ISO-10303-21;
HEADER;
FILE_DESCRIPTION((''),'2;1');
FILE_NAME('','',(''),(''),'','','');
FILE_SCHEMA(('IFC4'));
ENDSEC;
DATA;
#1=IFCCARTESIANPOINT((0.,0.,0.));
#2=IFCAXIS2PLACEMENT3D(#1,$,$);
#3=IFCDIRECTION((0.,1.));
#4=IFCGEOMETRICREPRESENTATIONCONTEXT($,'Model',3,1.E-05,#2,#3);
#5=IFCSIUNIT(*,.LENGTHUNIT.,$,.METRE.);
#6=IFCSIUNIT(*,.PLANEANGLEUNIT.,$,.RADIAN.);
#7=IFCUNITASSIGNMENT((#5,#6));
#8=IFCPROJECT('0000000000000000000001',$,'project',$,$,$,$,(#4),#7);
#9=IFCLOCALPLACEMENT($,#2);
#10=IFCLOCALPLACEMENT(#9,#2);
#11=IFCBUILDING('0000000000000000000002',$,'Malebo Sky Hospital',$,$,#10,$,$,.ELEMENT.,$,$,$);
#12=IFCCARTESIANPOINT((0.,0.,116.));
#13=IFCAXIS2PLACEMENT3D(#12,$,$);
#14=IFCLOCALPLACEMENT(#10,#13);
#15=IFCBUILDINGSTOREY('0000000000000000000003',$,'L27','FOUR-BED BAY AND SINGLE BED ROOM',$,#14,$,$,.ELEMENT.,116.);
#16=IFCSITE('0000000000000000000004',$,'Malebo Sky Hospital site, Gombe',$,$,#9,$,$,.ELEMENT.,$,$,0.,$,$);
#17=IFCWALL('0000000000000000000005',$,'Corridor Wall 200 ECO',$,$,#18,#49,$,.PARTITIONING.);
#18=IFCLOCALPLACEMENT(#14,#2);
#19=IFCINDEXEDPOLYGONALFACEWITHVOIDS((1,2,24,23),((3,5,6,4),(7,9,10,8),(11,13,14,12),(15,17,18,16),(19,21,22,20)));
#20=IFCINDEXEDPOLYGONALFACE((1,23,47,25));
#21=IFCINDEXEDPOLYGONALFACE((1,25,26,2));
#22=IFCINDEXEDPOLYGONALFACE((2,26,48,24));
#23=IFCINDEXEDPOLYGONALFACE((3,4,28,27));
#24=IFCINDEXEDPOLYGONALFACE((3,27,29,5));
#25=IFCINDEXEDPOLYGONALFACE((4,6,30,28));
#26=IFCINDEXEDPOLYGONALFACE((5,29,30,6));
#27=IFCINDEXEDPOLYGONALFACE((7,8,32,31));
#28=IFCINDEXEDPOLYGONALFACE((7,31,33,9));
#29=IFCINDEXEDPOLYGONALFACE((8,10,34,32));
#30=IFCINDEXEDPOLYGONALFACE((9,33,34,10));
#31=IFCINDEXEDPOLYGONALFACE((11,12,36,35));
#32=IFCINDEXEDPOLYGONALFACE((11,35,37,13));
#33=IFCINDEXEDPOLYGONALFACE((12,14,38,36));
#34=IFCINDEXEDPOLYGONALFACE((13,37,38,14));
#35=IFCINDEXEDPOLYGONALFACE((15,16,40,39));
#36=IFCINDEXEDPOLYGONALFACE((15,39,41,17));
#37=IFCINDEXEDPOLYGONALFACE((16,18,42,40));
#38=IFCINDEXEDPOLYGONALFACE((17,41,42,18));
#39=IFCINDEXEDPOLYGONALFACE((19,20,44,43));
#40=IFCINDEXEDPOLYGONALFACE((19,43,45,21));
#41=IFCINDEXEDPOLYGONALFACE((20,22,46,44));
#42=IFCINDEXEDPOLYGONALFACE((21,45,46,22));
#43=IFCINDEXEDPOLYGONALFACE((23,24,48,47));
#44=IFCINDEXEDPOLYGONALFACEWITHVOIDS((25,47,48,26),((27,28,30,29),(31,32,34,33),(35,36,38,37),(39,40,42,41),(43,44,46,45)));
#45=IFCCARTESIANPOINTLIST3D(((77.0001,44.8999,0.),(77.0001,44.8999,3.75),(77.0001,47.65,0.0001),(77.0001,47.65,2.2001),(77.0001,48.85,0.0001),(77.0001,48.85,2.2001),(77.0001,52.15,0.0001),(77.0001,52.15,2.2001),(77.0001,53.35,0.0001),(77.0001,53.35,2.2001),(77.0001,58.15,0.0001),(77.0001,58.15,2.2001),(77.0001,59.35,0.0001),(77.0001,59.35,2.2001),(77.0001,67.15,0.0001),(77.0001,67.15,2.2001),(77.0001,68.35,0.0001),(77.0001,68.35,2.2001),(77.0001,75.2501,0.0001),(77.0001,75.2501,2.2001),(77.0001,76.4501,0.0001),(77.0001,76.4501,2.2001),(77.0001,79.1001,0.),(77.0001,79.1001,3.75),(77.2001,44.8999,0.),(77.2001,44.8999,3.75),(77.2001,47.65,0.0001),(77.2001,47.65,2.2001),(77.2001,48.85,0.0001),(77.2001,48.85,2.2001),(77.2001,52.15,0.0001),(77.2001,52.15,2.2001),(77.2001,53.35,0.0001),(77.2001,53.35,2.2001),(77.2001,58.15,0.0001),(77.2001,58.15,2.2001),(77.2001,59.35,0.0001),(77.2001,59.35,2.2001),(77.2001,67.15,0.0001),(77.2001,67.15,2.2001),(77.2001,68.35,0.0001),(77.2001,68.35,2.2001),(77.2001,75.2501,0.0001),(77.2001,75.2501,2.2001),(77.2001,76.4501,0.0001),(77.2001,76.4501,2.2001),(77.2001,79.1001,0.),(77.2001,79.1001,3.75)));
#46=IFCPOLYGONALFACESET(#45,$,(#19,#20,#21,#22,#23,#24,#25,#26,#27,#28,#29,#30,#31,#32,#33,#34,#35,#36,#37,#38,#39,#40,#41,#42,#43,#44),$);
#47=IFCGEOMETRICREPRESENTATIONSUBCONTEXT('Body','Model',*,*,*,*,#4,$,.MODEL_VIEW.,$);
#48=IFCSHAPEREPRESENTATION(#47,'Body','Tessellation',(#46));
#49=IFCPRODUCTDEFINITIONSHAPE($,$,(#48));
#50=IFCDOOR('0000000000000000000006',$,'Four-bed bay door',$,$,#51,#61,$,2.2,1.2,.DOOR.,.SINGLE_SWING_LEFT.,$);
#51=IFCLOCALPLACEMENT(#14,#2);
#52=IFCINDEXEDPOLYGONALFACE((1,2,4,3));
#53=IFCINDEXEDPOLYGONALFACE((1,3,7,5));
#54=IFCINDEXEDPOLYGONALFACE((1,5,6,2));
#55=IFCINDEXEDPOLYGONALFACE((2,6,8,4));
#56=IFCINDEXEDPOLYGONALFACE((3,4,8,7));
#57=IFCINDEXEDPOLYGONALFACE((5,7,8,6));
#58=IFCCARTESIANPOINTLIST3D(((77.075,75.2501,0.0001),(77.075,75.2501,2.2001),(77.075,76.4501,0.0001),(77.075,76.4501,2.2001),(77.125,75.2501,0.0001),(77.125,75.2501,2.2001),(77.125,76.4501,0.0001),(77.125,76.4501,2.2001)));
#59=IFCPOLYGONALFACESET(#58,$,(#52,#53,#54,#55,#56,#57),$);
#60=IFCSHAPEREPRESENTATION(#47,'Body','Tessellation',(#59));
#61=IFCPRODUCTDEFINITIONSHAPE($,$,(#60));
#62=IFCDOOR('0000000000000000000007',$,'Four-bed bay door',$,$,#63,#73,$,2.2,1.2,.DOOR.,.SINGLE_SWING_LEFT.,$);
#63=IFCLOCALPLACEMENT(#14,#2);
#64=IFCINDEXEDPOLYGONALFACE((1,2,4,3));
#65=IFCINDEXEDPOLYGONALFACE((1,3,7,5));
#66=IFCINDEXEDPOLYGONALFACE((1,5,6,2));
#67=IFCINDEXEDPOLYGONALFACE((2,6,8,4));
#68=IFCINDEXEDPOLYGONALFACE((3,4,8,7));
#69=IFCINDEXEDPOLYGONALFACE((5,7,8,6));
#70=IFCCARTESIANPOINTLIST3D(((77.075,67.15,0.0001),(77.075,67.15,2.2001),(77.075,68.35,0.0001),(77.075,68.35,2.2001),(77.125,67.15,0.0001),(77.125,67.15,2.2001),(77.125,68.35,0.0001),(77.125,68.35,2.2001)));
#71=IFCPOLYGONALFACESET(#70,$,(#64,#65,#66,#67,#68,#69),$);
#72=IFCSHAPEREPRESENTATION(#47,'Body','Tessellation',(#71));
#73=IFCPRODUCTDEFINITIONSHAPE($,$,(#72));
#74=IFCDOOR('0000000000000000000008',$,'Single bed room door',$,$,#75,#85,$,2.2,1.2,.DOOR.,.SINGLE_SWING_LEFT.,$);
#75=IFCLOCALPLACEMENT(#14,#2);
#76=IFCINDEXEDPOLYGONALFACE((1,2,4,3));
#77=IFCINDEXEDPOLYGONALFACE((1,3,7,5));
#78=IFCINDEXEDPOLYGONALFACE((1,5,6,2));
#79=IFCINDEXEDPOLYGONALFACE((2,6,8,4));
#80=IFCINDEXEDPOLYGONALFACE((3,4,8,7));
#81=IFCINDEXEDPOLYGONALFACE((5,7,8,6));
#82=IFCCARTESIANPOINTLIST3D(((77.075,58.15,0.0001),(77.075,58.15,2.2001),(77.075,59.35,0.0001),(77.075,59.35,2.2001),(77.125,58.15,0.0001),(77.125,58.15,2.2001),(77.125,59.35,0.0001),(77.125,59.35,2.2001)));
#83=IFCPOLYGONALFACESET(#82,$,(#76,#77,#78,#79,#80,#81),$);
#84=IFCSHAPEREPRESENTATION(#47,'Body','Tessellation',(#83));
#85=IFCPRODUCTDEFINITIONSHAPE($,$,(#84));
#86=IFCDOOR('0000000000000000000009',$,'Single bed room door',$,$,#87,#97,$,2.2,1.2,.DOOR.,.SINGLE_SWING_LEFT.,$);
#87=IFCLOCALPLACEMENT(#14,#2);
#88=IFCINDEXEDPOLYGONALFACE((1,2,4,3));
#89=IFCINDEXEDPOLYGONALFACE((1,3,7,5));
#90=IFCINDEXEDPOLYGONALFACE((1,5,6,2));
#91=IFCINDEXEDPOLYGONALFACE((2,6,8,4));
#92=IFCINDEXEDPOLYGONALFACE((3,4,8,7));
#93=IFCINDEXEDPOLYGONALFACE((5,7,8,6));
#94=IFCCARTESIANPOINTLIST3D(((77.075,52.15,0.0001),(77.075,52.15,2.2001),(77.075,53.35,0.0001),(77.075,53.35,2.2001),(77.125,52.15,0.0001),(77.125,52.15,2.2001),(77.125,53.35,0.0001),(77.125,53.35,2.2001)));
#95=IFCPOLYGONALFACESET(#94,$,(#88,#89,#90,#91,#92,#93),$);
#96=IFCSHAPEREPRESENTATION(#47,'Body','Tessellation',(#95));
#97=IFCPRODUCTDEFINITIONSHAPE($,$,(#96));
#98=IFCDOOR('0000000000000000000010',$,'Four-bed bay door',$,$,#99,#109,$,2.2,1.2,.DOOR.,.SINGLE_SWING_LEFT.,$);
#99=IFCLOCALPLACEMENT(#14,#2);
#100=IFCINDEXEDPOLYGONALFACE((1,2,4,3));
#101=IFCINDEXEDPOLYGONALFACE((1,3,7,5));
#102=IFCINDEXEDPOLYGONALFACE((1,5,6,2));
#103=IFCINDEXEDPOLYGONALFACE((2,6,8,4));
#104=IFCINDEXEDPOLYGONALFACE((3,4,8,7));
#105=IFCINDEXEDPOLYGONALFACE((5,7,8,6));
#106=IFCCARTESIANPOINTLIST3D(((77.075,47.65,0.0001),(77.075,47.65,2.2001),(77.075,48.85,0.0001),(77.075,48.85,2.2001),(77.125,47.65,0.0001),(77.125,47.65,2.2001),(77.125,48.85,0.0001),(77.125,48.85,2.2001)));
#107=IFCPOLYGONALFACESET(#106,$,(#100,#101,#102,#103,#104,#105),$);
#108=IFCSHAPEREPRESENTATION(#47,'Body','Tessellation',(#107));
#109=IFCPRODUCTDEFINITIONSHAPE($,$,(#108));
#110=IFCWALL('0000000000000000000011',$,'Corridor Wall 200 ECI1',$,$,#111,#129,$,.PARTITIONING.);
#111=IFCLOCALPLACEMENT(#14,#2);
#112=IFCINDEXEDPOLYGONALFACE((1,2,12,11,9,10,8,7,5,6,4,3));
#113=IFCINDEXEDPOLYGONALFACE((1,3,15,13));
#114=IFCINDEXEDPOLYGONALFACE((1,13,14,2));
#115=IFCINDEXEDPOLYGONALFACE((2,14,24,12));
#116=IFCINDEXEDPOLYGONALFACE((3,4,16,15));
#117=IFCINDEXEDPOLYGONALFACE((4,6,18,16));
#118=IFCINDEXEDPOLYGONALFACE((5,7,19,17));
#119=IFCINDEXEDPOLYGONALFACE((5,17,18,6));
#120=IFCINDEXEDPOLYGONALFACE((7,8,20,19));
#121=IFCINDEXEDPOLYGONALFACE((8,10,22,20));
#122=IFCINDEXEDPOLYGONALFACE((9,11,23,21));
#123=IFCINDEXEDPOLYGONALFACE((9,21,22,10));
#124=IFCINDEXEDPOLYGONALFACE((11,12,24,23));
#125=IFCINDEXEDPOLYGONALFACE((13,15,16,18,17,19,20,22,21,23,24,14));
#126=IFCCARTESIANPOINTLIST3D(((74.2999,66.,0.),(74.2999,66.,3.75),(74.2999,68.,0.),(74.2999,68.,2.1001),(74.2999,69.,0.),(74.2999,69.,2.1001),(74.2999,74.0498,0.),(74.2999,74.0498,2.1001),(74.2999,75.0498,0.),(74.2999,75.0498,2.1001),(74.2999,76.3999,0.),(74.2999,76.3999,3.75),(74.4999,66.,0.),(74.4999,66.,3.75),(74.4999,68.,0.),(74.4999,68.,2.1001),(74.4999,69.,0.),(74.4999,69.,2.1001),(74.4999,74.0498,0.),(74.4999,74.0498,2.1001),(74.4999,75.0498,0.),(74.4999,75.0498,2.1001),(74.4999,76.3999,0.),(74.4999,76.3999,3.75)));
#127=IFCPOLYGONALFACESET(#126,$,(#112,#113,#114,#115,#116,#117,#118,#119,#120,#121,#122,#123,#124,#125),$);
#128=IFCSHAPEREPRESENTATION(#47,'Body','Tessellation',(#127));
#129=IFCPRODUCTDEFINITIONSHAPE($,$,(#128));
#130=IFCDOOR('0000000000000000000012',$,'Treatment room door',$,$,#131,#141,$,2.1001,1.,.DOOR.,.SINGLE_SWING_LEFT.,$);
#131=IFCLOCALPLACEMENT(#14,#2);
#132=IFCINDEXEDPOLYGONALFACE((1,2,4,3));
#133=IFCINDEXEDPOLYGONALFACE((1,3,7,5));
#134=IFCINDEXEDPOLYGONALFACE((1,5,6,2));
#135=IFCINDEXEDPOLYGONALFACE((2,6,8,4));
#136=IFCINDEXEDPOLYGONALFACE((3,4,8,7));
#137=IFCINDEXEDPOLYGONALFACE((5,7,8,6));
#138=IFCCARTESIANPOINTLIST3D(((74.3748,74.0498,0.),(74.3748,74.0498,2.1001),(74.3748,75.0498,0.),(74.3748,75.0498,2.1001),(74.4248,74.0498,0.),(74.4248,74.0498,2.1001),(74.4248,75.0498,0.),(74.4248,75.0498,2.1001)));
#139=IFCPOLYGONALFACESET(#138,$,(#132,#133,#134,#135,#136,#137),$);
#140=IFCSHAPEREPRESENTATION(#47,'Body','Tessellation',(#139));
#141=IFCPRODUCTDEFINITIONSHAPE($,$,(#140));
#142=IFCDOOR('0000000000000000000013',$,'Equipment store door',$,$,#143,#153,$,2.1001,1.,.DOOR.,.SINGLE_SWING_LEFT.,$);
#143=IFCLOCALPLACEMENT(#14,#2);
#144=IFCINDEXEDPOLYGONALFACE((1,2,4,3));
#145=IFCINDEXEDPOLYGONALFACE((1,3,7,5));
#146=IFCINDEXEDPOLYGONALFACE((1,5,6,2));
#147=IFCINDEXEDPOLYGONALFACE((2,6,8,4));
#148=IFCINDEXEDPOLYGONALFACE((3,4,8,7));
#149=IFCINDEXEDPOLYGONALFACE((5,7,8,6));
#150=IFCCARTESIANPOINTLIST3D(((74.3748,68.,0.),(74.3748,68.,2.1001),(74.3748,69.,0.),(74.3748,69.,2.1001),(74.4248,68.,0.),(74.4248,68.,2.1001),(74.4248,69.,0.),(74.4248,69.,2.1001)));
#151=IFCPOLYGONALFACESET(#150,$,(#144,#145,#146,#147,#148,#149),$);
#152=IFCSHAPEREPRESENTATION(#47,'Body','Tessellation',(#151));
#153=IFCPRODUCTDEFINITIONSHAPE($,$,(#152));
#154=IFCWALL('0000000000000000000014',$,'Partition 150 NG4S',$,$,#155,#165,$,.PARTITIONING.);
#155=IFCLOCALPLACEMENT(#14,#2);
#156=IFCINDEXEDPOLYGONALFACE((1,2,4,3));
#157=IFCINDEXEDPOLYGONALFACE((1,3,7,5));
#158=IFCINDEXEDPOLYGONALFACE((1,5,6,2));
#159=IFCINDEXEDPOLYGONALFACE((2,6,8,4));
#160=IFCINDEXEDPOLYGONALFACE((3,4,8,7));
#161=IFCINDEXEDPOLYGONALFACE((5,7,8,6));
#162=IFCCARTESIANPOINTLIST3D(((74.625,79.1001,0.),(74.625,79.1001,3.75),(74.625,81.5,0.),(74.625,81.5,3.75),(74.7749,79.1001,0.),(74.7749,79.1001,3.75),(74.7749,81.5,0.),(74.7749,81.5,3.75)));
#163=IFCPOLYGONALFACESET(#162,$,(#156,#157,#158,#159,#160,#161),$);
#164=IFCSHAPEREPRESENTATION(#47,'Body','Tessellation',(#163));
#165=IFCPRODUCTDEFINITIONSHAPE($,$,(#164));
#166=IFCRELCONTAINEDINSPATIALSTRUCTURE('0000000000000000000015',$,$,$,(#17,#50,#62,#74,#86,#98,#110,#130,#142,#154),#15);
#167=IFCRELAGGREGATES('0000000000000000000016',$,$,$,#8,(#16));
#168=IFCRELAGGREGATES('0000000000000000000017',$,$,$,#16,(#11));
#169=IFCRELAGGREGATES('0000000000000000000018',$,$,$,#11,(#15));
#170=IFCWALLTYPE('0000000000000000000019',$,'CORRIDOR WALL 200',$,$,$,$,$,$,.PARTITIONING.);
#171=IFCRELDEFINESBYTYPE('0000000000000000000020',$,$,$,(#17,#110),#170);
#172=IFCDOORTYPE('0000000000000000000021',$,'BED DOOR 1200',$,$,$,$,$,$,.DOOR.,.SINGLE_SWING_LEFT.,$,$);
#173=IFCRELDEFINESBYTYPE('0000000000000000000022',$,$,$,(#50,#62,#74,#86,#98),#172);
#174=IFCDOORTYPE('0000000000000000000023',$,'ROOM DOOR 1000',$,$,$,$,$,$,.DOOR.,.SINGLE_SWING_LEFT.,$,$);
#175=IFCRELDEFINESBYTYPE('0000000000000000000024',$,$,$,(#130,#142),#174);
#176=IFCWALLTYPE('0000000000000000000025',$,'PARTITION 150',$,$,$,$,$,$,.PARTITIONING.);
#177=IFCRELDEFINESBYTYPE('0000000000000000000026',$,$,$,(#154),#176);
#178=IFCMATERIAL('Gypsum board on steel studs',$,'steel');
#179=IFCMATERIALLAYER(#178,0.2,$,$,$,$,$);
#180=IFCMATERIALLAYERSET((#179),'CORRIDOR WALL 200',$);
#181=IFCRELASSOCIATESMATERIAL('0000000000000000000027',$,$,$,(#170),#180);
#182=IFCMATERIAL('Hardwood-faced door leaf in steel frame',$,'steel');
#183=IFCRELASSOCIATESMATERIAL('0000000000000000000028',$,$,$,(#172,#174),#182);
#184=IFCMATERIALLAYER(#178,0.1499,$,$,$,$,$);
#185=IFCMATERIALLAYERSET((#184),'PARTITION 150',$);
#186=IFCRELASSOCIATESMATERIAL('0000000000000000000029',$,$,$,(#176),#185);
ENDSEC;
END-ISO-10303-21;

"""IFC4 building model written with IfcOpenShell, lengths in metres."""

from ifc_helpers import new_model, si_unit, direction, frame, frame_2d, origin, place, context, subcontext, project, spatial, rectangle, extrude, material, layer, layer_set, type_object, element, fill, save


model = new_model("IFC4")

# Units and contexts
model_context = context("Model", 3, precision=1e-05, world=origin(), true_north=direction((0.0, 1.0)))
body_context = subcontext(model_context, "Body", "Model", "MODEL_VIEW")
ifc_project = project(units=[si_unit("LENGTHUNIT", "METRE"), si_unit("PLANEANGLEUNIT", "RADIAN")], contexts=[model_context])

# Site, building, storey
site_placement = place(None, origin())
site = spatial("IfcSite", under=ifc_project, at=site_placement, Name="Malebo Sky Hospital site, Gombe", CompositionType="ELEMENT", RefElevation=0.0)
building_placement = place(site_placement, origin())
building = spatial("IfcBuilding", under=site, at=building_placement, Name="Malebo Sky Hospital", CompositionType="ELEMENT")
storey_placement = place(building_placement, frame((0.0, 0.0, 116.0)))
storey = spatial("IfcBuildingStorey", under=building, at=storey_placement, Name="L27", Description="FOUR-BED BAY AND SINGLE BED ROOM", CompositionType="ELEMENT", Elevation=116.0)

# Walls, openings, doors
ifc_material_1 = material(Name="Gypsum board on steel studs", Category="steel")
ifc_layer_1 = layer(ifc_material_1, 0.2)
ifc_layer_set_1 = layer_set([ifc_layer_1], Name="CORRIDOR WALL 200")
wall_type_1 = type_object("IfcWallType", Name="CORRIDOR WALL 200", PredefinedType="PARTITIONING", material=ifc_layer_set_1)
wall_1_placement = place(storey_placement, frame((77.1001, 79.1001, 0.0), z_axis=(0.0, 0.0, 1.0), x_axis=(0.0, -1.0, 0.0)))
wall_1 = element("IfcWall", 1, at=wall_1_placement, inside=storey, type_object=wall_type_1, Name="Corridor Wall 200 ECO", PredefinedType="PARTITIONING", context=body_context, shape_type="SweptSolid", body=[
    extrude(rectangle(XDim=34.2002, YDim=0.2, at=frame_2d((17.1001, 0.0))), origin(), (0.0, 0.0, 1.0), 3.75),
])
opening_1_placement = place(wall_1_placement, frame((2.6499, 0.0, 0.0)))
opening_1 = element("IfcOpeningElement", 2, at=opening_1_placement, cuts=wall_1, PredefinedType="OPENING", context=body_context, shape_type="SweptSolid", body=[
    extrude(rectangle(XDim=1.2, YDim=2.2, at=frame_2d((0.6001, 1.1001))), frame((0.0, 0.1099, 0.0), z_axis=(0.0, -1.0, 0.0), x_axis=(1.0, 0.0, 0.0)), (0.0, 0.0, 1.0), 0.22),
])
opening_2_placement = place(wall_1_placement, frame((10.75, 0.0, 0.0)))
opening_2 = element("IfcOpeningElement", 3, at=opening_2_placement, cuts=wall_1, PredefinedType="OPENING", context=body_context, shape_type="SweptSolid", body=[
    extrude(rectangle(XDim=1.2, YDim=2.2, at=frame_2d((0.6001, 1.1001))), frame((0.0, 0.1099, 0.0), z_axis=(0.0, -1.0, 0.0), x_axis=(1.0, 0.0, 0.0)), (0.0, 0.0, 1.0), 0.22),
])
opening_3_placement = place(wall_1_placement, frame((19.75, 0.0, 0.0)))
opening_3 = element("IfcOpeningElement", 4, at=opening_3_placement, cuts=wall_1, PredefinedType="OPENING", context=body_context, shape_type="SweptSolid", body=[
    extrude(rectangle(XDim=1.2, YDim=2.2, at=frame_2d((0.6001, 1.1001))), frame((0.0, 0.1099, 0.0), z_axis=(0.0, -1.0, 0.0), x_axis=(1.0, 0.0, 0.0)), (0.0, 0.0, 1.0), 0.22),
])
opening_4_placement = place(wall_1_placement, frame((25.75, 0.0, 0.0)))
opening_4 = element("IfcOpeningElement", 5, at=opening_4_placement, cuts=wall_1, PredefinedType="OPENING", context=body_context, shape_type="SweptSolid", body=[
    extrude(rectangle(XDim=1.2, YDim=2.2, at=frame_2d((0.6001, 1.1001))), frame((0.0, 0.1099, 0.0), z_axis=(0.0, -1.0, 0.0), x_axis=(1.0, 0.0, 0.0)), (0.0, 0.0, 1.0), 0.22),
])
opening_5_placement = place(wall_1_placement, frame((30.25, 0.0, 0.0)))
opening_5 = element("IfcOpeningElement", 6, at=opening_5_placement, cuts=wall_1, PredefinedType="OPENING", context=body_context, shape_type="SweptSolid", body=[
    extrude(rectangle(XDim=1.2, YDim=2.2, at=frame_2d((0.6001, 1.1001))), frame((0.0, 0.1099, 0.0), z_axis=(0.0, -1.0, 0.0), x_axis=(1.0, 0.0, 0.0)), (0.0, 0.0, 1.0), 0.22),
])
ifc_material_2 = material(Name="Hardwood-faced door leaf in steel frame", Category="steel")
door_type_1 = type_object("IfcDoorType", Name="BED DOOR 1200", OperationType="SINGLE_SWING_LEFT", PredefinedType="DOOR", material=ifc_material_2)
door_1_placement = place(opening_1_placement, origin())
door_1 = element("IfcDoor", 7, at=door_1_placement, inside=storey, type_object=door_type_1, Name="Four-bed bay door", OperationType="SINGLE_SWING_LEFT", OverallHeight=2.2, OverallWidth=1.2, PredefinedType="DOOR", context=body_context, shape_type="SweptSolid", body=[
    extrude(rectangle(XDim=1.2, YDim=2.2, at=frame_2d((0.6001, 1.1001))), frame((0.0, 0.0249, 0.0), z_axis=(0.0, -1.0, 0.0), x_axis=(1.0, 0.0, 0.0)), (0.0, 0.0, 1.0), 0.05),
])
fill(opening_1, door_1)
door_2_placement = place(opening_2_placement, origin())
door_2 = element("IfcDoor", 8, at=door_2_placement, inside=storey, type_object=door_type_1, Name="Four-bed bay door", OperationType="SINGLE_SWING_LEFT", OverallHeight=2.2, OverallWidth=1.2, PredefinedType="DOOR", context=body_context, shape_type="SweptSolid", body=[
    extrude(rectangle(XDim=1.2, YDim=2.2, at=frame_2d((0.6001, 1.1001))), frame((0.0, 0.0249, 0.0), z_axis=(0.0, -1.0, 0.0), x_axis=(1.0, 0.0, 0.0)), (0.0, 0.0, 1.0), 0.05),
])
fill(opening_2, door_2)
door_3_placement = place(opening_3_placement, origin())
door_3 = element("IfcDoor", 9, at=door_3_placement, inside=storey, type_object=door_type_1, Name="Single bed room door", OperationType="SINGLE_SWING_LEFT", OverallHeight=2.2, OverallWidth=1.2, PredefinedType="DOOR", context=body_context, shape_type="SweptSolid", body=[
    extrude(rectangle(XDim=1.2, YDim=2.2, at=frame_2d((0.6001, 1.1001))), frame((0.0, 0.0249, 0.0), z_axis=(0.0, -1.0, 0.0), x_axis=(1.0, 0.0, 0.0)), (0.0, 0.0, 1.0), 0.05),
])
fill(opening_3, door_3)
door_4_placement = place(opening_4_placement, origin())
door_4 = element("IfcDoor", 10, at=door_4_placement, inside=storey, type_object=door_type_1, Name="Single bed room door", OperationType="SINGLE_SWING_LEFT", OverallHeight=2.2, OverallWidth=1.2, PredefinedType="DOOR", context=body_context, shape_type="SweptSolid", body=[
    extrude(rectangle(XDim=1.2, YDim=2.2, at=frame_2d((0.6001, 1.1001))), frame((0.0, 0.0249, 0.0), z_axis=(0.0, -1.0, 0.0), x_axis=(1.0, 0.0, 0.0)), (0.0, 0.0, 1.0), 0.05),
])
fill(opening_4, door_4)
door_5_placement = place(opening_5_placement, origin())
door_5 = element("IfcDoor", 11, at=door_5_placement, inside=storey, type_object=door_type_1, Name="Four-bed bay door", OperationType="SINGLE_SWING_LEFT", OverallHeight=2.2, OverallWidth=1.2, PredefinedType="DOOR", context=body_context, shape_type="SweptSolid", body=[
    extrude(rectangle(XDim=1.2, YDim=2.2, at=frame_2d((0.6001, 1.1001))), frame((0.0, 0.0249, 0.0), z_axis=(0.0, -1.0, 0.0), x_axis=(1.0, 0.0, 0.0)), (0.0, 0.0, 1.0), 0.05),
])
fill(opening_5, door_5)
wall_2_placement = place(storey_placement, frame((74.3999, 76.3999, 0.0), z_axis=(0.0, 0.0, 1.0), x_axis=(0.0, -1.0, 0.0)))
wall_2 = element("IfcWall", 12, at=wall_2_placement, inside=storey, type_object=wall_type_1, Name="Corridor Wall 200 ECI1", PredefinedType="PARTITIONING", context=body_context, shape_type="SweptSolid", body=[
    extrude(rectangle(XDim=10.3999, YDim=0.2, at=frame_2d((5.2, 0.0))), origin(), (0.0, 0.0, 1.0), 3.75),
])
opening_6_placement = place(wall_2_placement, frame((1.3501, 0.0, 0.0)))
opening_6 = element("IfcOpeningElement", 13, at=opening_6_placement, cuts=wall_2, PredefinedType="OPENING", context=body_context, shape_type="SweptSolid", body=[
    extrude(rectangle(XDim=1.0, YDim=2.1001, at=frame_2d((0.5, 1.05))), frame((0.0, 0.1099, 0.0), z_axis=(0.0, -1.0, 0.0), x_axis=(1.0, 0.0, 0.0)), (0.0, 0.0, 1.0), 0.22),
])
opening_7_placement = place(wall_2_placement, frame((7.3999, 0.0, 0.0)))
opening_7 = element("IfcOpeningElement", 14, at=opening_7_placement, cuts=wall_2, PredefinedType="OPENING", context=body_context, shape_type="SweptSolid", body=[
    extrude(rectangle(XDim=1.0, YDim=2.1001, at=frame_2d((0.5, 1.05))), frame((0.0, 0.1099, 0.0), z_axis=(0.0, -1.0, 0.0), x_axis=(1.0, 0.0, 0.0)), (0.0, 0.0, 1.0), 0.22),
])
door_type_2 = type_object("IfcDoorType", Name="ROOM DOOR 1000", OperationType="SINGLE_SWING_LEFT", PredefinedType="DOOR", material=ifc_material_2)
door_6_placement = place(opening_6_placement, origin())
door_6 = element("IfcDoor", 15, at=door_6_placement, inside=storey, type_object=door_type_2, Name="Treatment room door", OperationType="SINGLE_SWING_LEFT", OverallHeight=2.1001, OverallWidth=1.0, PredefinedType="DOOR", context=body_context, shape_type="SweptSolid", body=[
    extrude(rectangle(XDim=1.0, YDim=2.1001, at=frame_2d((0.5, 1.05))), frame((0.0, 0.0249, 0.0), z_axis=(0.0, -1.0, 0.0), x_axis=(1.0, 0.0, 0.0)), (0.0, 0.0, 1.0), 0.05),
])
fill(opening_6, door_6)
door_7_placement = place(opening_7_placement, origin())
door_7 = element("IfcDoor", 16, at=door_7_placement, inside=storey, type_object=door_type_2, Name="Equipment store door", OperationType="SINGLE_SWING_LEFT", OverallHeight=2.1001, OverallWidth=1.0, PredefinedType="DOOR", context=body_context, shape_type="SweptSolid", body=[
    extrude(rectangle(XDim=1.0, YDim=2.1001, at=frame_2d((0.5, 1.05))), frame((0.0, 0.0249, 0.0), z_axis=(0.0, -1.0, 0.0), x_axis=(1.0, 0.0, 0.0)), (0.0, 0.0, 1.0), 0.05),
])
fill(opening_7, door_7)

# Wall
ifc_layer_2 = layer(ifc_material_1, 0.1499)
ifc_layer_set_2 = layer_set([ifc_layer_2], Name="PARTITION 150")
wall_type_2 = type_object("IfcWallType", Name="PARTITION 150", PredefinedType="PARTITIONING", material=ifc_layer_set_2)
for number, where, z_axis, x_axis, name in (
    (17, (74.7, 79.1001, 0.0), (0.0, 0.0, 1.0), (0.0, 1.0, 0.0), "Partition 150 NG4S"),
):
    element("IfcWall", number, at=place(storey_placement, frame(where, z_axis=z_axis, x_axis=x_axis)), inside=storey, type_object=wall_type_2, Name=name, PredefinedType="PARTITIONING", context=body_context, shape_type="SweptSolid", body=[
        extrude(rectangle(XDim=2.3999, YDim=0.1499, at=frame_2d((1.2, 0.0))), origin(), (0.0, 0.0, 1.0), 3.75),
    ])

save(model, "model.ifc")
